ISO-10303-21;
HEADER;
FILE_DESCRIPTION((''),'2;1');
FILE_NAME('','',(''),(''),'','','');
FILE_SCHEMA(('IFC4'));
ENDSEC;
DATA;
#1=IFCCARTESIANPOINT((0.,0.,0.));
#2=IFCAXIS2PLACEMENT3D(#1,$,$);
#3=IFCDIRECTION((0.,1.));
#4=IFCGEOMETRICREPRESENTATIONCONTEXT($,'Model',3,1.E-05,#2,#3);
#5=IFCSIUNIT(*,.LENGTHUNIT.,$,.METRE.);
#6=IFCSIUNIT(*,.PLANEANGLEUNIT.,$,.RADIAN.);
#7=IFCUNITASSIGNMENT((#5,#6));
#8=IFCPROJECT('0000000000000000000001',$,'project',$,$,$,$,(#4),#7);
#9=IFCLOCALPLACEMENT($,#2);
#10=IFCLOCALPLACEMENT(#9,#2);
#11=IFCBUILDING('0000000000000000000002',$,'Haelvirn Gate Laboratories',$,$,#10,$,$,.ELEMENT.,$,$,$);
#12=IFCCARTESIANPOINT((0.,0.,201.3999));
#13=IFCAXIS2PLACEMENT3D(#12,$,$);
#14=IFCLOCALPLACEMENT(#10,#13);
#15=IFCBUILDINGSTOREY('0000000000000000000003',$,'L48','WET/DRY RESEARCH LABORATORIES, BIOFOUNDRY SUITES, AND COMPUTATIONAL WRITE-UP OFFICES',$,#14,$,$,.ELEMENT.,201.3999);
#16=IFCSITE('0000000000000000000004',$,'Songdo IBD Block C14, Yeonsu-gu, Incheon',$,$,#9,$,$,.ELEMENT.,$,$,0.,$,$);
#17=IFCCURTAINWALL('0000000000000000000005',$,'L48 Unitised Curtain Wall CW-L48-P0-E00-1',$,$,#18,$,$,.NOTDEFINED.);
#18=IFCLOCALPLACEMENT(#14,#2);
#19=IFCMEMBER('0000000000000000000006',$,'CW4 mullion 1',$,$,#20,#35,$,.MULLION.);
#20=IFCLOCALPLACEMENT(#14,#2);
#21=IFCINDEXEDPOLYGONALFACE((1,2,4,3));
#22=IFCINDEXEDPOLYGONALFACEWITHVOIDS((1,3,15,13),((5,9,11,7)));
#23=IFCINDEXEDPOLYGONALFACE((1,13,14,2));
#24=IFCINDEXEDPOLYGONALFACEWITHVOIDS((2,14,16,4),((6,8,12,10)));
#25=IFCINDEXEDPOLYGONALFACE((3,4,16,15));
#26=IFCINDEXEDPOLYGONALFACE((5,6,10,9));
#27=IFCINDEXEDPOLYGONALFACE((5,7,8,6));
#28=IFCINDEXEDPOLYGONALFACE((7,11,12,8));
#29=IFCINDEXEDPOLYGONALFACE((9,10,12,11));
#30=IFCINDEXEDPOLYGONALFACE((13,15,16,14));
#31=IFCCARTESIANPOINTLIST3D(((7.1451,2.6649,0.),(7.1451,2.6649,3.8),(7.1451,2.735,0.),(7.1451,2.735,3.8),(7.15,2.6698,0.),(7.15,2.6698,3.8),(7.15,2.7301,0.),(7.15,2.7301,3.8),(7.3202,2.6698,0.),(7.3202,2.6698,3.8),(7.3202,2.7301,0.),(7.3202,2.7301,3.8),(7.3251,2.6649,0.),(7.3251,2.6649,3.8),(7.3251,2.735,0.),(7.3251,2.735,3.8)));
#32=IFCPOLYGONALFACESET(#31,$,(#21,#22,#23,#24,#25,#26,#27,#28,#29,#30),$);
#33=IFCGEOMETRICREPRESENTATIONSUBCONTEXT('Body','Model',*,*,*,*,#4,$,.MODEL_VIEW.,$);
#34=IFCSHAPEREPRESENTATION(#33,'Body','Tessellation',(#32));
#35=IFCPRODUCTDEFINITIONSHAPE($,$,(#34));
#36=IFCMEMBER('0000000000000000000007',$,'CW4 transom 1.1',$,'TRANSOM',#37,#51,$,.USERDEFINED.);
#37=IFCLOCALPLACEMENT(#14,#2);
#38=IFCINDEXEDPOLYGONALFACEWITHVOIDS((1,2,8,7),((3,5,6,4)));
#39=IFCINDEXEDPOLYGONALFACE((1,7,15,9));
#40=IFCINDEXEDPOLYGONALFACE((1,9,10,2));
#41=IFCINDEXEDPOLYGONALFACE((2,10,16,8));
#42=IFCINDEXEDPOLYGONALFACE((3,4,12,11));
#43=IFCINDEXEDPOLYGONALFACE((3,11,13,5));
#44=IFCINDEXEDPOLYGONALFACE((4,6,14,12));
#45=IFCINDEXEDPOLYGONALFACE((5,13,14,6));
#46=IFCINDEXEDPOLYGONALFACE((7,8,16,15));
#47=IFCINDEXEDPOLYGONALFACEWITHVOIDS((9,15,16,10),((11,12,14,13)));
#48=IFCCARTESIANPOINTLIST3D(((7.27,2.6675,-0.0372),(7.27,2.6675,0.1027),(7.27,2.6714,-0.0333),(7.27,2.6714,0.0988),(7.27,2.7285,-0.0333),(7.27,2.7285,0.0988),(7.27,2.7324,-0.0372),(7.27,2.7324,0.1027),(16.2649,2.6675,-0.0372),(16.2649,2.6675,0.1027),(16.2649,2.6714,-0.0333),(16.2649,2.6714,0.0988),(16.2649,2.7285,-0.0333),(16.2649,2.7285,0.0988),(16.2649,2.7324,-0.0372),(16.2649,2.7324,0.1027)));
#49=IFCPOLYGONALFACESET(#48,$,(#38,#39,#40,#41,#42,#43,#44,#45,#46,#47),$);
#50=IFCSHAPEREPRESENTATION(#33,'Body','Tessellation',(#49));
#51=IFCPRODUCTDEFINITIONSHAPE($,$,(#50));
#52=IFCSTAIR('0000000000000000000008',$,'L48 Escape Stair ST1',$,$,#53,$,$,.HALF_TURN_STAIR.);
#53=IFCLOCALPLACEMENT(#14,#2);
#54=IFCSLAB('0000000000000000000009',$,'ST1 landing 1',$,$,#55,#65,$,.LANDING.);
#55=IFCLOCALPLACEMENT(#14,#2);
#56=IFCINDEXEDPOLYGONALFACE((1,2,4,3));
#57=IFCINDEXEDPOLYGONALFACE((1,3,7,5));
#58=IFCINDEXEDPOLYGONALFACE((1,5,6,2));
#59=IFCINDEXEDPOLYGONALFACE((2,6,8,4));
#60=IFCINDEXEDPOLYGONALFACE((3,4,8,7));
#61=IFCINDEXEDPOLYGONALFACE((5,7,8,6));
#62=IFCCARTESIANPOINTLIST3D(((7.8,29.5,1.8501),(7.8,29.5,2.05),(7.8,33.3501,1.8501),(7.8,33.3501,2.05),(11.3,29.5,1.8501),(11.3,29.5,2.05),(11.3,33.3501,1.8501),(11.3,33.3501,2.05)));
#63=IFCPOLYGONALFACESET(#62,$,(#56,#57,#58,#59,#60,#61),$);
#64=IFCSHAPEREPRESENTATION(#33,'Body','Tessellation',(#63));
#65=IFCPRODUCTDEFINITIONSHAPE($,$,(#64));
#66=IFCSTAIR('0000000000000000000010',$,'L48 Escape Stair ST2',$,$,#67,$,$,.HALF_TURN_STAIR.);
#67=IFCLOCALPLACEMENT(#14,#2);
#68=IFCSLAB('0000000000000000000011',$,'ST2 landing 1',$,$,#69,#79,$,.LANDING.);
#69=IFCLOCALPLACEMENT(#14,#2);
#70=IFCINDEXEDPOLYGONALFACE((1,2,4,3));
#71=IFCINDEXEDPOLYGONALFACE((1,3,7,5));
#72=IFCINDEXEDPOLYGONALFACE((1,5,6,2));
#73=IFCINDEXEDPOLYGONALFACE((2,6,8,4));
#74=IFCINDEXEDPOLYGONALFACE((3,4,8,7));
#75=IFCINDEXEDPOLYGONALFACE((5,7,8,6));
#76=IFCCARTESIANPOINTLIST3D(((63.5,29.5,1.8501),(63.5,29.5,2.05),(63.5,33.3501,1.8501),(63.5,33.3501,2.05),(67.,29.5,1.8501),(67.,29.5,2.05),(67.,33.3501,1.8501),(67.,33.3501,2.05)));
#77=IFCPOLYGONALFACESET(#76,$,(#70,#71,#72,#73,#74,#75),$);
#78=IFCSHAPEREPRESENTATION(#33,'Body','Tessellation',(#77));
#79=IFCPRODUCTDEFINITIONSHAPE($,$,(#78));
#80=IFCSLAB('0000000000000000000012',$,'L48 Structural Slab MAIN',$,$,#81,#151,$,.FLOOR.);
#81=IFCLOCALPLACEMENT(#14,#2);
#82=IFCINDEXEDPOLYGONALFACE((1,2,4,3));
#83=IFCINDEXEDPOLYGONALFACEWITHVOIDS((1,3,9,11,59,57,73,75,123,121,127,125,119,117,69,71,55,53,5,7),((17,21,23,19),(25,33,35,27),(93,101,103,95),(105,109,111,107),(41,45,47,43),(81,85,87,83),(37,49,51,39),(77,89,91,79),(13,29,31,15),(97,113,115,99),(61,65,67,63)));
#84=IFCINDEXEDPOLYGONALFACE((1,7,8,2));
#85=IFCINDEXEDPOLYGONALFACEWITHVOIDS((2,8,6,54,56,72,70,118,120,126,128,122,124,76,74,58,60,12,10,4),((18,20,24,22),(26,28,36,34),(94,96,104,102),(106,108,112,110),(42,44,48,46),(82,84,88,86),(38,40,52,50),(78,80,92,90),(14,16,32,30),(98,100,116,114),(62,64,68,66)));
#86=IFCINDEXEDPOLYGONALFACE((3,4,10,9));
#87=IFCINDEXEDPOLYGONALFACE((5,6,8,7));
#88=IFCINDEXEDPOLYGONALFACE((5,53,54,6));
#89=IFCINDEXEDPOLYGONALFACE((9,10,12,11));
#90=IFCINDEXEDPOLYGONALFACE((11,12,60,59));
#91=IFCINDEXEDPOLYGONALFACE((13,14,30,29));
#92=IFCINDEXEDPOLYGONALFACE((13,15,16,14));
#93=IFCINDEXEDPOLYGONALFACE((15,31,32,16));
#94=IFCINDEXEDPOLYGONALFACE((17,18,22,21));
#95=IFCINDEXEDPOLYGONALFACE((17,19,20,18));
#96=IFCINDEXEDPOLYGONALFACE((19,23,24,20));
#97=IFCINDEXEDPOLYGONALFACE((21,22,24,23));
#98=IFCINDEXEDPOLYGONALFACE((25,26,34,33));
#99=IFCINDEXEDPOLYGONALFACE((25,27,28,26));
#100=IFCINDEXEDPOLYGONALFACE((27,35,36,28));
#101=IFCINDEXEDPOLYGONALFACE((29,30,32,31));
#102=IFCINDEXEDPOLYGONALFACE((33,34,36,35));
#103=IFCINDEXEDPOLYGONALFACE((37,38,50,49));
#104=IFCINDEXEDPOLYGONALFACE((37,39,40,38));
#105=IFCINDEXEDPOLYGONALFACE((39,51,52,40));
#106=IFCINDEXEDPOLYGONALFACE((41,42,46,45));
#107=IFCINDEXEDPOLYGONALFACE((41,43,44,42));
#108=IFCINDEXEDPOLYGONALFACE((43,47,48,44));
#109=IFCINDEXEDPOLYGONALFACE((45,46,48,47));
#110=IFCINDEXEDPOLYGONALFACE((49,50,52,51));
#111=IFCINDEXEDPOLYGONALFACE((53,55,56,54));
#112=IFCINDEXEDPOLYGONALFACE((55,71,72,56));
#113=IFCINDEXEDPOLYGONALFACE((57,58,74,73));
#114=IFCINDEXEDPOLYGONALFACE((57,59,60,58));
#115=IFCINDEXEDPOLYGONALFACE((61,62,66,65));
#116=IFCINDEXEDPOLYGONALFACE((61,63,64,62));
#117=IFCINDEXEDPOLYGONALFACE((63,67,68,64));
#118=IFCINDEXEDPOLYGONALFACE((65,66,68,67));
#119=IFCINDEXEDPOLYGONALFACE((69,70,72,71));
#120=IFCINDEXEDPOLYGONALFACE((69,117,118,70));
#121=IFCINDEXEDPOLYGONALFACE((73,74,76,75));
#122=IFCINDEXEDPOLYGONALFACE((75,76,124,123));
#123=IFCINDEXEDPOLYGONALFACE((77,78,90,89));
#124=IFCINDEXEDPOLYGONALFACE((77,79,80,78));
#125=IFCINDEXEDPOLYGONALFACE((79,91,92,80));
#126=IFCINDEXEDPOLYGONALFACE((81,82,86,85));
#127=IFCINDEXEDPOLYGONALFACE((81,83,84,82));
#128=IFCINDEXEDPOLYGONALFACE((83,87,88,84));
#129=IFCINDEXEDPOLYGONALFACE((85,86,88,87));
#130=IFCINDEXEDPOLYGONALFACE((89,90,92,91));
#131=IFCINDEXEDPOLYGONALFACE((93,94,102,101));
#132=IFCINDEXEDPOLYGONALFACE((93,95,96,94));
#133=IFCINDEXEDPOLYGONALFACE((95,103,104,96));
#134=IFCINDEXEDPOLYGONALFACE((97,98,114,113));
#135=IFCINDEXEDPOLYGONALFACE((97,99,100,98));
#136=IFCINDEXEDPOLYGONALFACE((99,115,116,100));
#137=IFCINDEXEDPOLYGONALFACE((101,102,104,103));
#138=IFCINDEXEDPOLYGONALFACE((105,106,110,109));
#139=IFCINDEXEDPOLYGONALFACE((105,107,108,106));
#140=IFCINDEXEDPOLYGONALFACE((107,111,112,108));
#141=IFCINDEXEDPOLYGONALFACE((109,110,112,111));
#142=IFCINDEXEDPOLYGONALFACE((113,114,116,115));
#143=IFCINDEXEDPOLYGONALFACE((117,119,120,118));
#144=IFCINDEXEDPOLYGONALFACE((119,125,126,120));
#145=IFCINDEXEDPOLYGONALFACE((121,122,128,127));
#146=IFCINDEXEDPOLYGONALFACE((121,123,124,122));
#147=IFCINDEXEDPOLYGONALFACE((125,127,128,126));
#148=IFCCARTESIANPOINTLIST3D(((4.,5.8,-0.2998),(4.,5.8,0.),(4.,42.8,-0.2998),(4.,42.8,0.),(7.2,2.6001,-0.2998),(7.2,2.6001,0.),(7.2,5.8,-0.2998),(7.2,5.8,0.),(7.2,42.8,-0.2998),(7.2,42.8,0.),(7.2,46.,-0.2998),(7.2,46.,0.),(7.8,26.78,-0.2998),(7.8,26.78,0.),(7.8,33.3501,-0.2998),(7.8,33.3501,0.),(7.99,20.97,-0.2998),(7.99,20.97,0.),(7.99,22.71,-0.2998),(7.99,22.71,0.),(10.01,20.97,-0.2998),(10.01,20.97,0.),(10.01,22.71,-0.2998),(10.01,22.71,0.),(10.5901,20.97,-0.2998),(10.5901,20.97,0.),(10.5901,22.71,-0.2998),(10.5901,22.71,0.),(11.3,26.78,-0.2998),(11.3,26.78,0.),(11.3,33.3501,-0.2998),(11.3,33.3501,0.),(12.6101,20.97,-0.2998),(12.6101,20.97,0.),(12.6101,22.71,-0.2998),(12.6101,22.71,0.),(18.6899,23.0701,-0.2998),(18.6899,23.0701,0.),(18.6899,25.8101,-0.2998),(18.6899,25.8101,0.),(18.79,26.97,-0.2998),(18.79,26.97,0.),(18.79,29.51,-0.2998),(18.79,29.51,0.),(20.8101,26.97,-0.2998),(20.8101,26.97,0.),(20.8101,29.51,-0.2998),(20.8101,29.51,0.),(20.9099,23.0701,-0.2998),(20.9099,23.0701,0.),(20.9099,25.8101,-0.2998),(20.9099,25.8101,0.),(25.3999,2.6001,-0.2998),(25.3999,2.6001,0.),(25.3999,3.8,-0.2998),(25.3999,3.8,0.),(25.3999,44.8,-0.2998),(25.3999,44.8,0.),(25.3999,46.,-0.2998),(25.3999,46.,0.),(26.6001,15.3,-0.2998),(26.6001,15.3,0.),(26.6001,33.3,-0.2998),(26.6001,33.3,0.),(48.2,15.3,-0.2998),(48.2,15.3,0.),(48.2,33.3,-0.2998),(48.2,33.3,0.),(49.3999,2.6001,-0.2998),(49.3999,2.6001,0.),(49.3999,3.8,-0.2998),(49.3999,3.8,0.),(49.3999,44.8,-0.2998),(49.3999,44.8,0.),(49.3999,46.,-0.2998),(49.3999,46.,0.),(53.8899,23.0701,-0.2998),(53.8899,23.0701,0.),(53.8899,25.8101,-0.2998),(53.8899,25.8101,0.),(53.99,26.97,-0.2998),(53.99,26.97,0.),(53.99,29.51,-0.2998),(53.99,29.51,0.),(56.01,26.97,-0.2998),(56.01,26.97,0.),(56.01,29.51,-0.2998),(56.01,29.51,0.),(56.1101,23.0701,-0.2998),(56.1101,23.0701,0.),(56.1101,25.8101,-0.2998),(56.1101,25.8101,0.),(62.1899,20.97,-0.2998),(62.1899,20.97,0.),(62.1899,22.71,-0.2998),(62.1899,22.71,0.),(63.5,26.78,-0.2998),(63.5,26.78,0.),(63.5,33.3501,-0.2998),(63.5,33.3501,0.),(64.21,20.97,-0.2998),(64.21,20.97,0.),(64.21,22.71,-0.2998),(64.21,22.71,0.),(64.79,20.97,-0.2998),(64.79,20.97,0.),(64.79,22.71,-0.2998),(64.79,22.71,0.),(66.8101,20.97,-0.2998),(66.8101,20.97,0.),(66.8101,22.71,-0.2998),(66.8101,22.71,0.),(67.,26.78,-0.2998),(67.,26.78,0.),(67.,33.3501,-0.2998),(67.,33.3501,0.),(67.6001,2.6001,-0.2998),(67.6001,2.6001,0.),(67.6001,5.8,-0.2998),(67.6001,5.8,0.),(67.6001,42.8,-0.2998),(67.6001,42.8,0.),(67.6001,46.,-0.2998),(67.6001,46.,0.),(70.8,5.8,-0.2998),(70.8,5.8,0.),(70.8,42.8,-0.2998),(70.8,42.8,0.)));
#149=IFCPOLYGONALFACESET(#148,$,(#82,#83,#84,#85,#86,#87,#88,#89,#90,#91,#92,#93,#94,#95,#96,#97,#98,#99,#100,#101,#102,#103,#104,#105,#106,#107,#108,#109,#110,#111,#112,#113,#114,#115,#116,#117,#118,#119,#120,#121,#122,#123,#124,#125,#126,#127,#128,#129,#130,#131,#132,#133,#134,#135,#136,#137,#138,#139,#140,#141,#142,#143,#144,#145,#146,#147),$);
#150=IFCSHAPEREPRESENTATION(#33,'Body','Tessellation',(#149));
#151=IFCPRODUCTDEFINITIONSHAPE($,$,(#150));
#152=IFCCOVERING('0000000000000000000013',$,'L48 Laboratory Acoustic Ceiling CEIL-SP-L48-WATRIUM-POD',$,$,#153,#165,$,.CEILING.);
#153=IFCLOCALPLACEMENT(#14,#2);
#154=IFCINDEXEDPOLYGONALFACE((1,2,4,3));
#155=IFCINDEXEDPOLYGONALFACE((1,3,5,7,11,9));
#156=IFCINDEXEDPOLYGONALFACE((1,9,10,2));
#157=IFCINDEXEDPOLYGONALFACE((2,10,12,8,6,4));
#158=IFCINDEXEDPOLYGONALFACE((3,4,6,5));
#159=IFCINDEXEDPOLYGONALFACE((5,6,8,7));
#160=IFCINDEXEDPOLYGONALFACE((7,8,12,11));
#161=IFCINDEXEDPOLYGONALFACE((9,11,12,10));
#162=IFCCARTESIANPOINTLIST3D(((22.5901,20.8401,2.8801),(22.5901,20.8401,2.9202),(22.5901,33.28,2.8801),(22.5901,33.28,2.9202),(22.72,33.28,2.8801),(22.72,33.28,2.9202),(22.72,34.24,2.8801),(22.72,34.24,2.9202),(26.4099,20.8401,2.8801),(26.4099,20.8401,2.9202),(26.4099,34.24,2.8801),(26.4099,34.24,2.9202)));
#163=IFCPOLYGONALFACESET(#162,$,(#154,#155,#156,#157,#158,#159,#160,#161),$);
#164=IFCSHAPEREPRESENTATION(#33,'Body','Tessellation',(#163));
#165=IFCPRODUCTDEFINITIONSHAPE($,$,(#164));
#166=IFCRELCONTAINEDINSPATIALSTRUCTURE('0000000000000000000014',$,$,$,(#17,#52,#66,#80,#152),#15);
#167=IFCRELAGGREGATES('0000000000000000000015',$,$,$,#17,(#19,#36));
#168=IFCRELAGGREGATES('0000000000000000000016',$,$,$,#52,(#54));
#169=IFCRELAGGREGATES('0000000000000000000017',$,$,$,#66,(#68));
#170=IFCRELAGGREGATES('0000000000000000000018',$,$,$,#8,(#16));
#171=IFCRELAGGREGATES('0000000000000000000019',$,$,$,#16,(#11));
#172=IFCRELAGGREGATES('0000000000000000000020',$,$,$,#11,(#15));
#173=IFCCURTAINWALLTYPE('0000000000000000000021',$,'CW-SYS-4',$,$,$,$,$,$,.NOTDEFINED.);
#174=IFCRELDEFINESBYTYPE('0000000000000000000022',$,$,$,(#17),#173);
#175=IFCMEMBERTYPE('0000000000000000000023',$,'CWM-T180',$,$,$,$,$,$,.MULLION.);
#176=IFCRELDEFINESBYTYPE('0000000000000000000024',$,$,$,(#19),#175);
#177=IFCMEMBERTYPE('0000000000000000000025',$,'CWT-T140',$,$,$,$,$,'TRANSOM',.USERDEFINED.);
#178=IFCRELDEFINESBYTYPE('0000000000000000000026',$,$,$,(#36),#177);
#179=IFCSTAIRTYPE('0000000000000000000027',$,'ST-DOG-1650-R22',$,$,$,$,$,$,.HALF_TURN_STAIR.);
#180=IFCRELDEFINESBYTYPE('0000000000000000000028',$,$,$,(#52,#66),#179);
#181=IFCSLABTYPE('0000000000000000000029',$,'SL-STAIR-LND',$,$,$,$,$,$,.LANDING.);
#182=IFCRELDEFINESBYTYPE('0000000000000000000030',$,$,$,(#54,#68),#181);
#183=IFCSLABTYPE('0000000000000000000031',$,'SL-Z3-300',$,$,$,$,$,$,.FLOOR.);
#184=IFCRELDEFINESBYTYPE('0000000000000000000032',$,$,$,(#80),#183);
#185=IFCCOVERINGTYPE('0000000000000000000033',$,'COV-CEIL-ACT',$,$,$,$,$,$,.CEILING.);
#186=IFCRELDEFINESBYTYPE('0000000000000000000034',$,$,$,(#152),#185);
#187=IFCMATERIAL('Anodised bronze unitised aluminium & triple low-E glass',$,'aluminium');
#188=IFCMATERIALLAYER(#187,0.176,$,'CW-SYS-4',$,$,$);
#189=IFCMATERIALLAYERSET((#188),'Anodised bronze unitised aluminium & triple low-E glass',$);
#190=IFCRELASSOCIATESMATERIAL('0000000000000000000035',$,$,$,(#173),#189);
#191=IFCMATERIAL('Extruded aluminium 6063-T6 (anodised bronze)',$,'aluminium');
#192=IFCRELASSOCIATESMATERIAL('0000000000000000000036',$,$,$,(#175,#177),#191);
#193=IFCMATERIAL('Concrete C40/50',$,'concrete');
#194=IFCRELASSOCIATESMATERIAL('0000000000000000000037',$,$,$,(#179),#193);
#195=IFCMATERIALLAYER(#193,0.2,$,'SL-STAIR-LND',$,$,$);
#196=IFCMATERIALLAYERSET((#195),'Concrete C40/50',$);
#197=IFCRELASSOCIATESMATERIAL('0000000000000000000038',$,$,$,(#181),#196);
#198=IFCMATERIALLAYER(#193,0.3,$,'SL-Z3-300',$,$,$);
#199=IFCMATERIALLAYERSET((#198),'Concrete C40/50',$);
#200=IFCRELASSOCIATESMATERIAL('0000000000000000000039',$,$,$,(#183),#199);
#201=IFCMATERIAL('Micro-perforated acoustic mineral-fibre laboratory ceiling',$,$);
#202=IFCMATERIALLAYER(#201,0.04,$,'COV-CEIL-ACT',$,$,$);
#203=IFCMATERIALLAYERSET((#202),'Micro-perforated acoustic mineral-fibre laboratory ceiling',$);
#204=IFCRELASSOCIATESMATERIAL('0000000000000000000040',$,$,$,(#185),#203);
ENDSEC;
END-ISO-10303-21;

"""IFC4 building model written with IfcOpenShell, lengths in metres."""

from ifc_helpers import new_model, si_unit, direction, frame, origin, origin_2d, place, context, subcontext, project, spatial, polyline, hollow_rectangle, outline, extrude, source, transform, mapped, material, layer, layer_set, material_profile, profile_set, type_object, type_shapes, element, aggregate, save


model = new_model("IFC4")

# Units and contexts
model_context = context("Model", 3, precision=1e-05, world=origin(), true_north=direction((0.0, 1.0)))
body_context = subcontext(model_context, "Body", "Model", "MODEL_VIEW")
ifc_project = project(units=[si_unit("LENGTHUNIT", "METRE"), si_unit("PLANEANGLEUNIT", "RADIAN")], contexts=[model_context])

# Site, building, storey
site_placement = place(None, origin())
site = spatial("IfcSite", under=ifc_project, at=site_placement, Name="Songdo IBD Block C14, Yeonsu-gu, Incheon", CompositionType="ELEMENT", RefElevation=0.0)
building_placement = place(site_placement, origin())
building = spatial("IfcBuilding", under=site, at=building_placement, Name="Haelvirn Gate Laboratories", CompositionType="ELEMENT")
storey_placement = place(building_placement, frame((0.0, 0.0, 201.3999)))
storey = spatial("IfcBuildingStorey", under=building, at=storey_placement, Name="L48", Description="WET/DRY RESEARCH LABORATORIES, BIOFOUNDRY SUITES, AND COMPUTATIONAL WRITE-UP OFFICES", CompositionType="ELEMENT", Elevation=201.3999)

# Curtain wall, members
ifc_material_1 = material(Name="Anodised bronze unitised aluminium & triple low-E glass", Category="aluminium")
ifc_layer_1 = layer(ifc_material_1, 0.176, Name="CW-SYS-4")
ifc_layer_set_1 = layer_set([ifc_layer_1], Name="Anodised bronze unitised aluminium & triple low-E glass")
curtain_wall_type = type_object("IfcCurtainWallType", Name="CW-SYS-4", PredefinedType="NOTDEFINED", material=ifc_layer_set_1)
curtain_wall_placement = place(storey_placement, origin())
curtain_wall = element("IfcCurtainWall", 1, at=curtain_wall_placement, inside=storey, type_object=curtain_wall_type, Name="L48 Unitised Curtain Wall CW-L48-P0-E00-1", PredefinedType="NOTDEFINED")
ifc_material_2 = material(Name="Extruded aluminium 6063-T6 (anodised bronze)", Category="aluminium")
ifc_material_profile_1 = material_profile(ifc_material_2, hollow_rectangle(XDim=0.0701, YDim=0.1799, WallThickness=0.0049, at=origin_2d()), Name="CWM-180x70x5")
ifc_profile_set_1 = profile_set([ifc_material_profile_1], Name="Extruded aluminium 6063-T6 (anodised bronze)")
member_type_1 = type_object("IfcMemberType", Name="CWM-T180", PredefinedType="MULLION", material=ifc_profile_set_1)
shared_shape_1 = source(origin(), body_context, "Body", "SweptSolid", [
    extrude(hollow_rectangle(XDim=0.0701, YDim=0.1799, WallThickness=0.0049, at=origin_2d()), origin(), (0.0, 0.0, 1.0), 3.8),
])
type_shapes(member_type_1, [shared_shape_1])
member_1_placement = place(storey_placement, frame((7.2351, 2.7, 0.0), z_axis=(0.0, 0.0, 1.0), x_axis=(0.0, 1.0, 0.0)))
member_1 = element("IfcMember", 2, at=member_1_placement, type_object=member_type_1, Name="CW4 mullion 1", PredefinedType="MULLION", context=body_context, shape_type="MappedRepresentation", body=[
    mapped(shared_shape_1, transform((0.0, 0.0, 0.0), scale=1.0)),
])
ifc_material_profile_2 = material_profile(ifc_material_2, hollow_rectangle(XDim=0.0649, YDim=0.1399, WallThickness=0.0039, at=origin_2d()), Name="CWT-140x65x4")
ifc_profile_set_2 = profile_set([ifc_material_profile_2], Name="Extruded aluminium 6063-T6 (anodised bronze)")
member_type_2 = type_object("IfcMemberType", Name="CWT-T140", ElementType="TRANSOM", PredefinedType="USERDEFINED", material=ifc_profile_set_2)
shared_shape_2 = source(origin(), body_context, "Body", "SweptSolid", [
    extrude(hollow_rectangle(XDim=0.0649, YDim=0.1399, WallThickness=0.0039, at=origin_2d()), origin(), (0.0, 0.0, 1.0), 8.9949),
])
type_shapes(member_type_2, [shared_shape_2])
member_2_placement = place(storey_placement, frame((7.27, 2.7, 0.0327), z_axis=(1.0, 0.0, 0.0), x_axis=(0.0, 1.0, 0.0)))
member_2 = element("IfcMember", 3, at=member_2_placement, type_object=member_type_2, Name="CW4 transom 1.1", ObjectType="TRANSOM", PredefinedType="USERDEFINED", context=body_context, shape_type="MappedRepresentation", body=[
    mapped(shared_shape_2, transform((0.0, 0.0, 0.0), scale=1.0)),
])
aggregate(curtain_wall, [member_1, member_2])

# Stairs, slabs
ifc_material_3 = material(Name="Concrete C40/50", Category="concrete")
stair_type = type_object("IfcStairType", Name="ST-DOG-1650-R22", PredefinedType="HALF_TURN_STAIR", material=ifc_material_3)
stair_1_placement = place(storey_placement, origin())
stair_1 = element("IfcStair", 4, at=stair_1_placement, inside=storey, type_object=stair_type, Name="L48 Escape Stair ST1", PredefinedType="HALF_TURN_STAIR")
ifc_layer_2 = layer(ifc_material_3, 0.2, Name="SL-STAIR-LND")
ifc_layer_set_2 = layer_set([ifc_layer_2], Name="Concrete C40/50")
slab_type_1 = type_object("IfcSlabType", Name="SL-STAIR-LND", PredefinedType="LANDING", material=ifc_layer_set_2)
slab_1_placement = place(storey_placement, frame((0.0, 0.0, 1.8501)))
slab_1 = element("IfcSlab", 5, at=slab_1_placement, type_object=slab_type_1, Name="ST1 landing 1", PredefinedType="LANDING", context=body_context, shape_type="SweptSolid", body=[
    extrude(outline(polyline([(11.3, 29.5), (11.3, 33.3501), (7.8, 33.3501), (7.8, 29.5), (11.3, 29.5)])), origin(), (0.0, 0.0, 1.0), 0.2),
])
aggregate(stair_1, [slab_1])
stair_2_placement = place(storey_placement, origin())
stair_2 = element("IfcStair", 6, at=stair_2_placement, inside=storey, type_object=stair_type, Name="L48 Escape Stair ST2", PredefinedType="HALF_TURN_STAIR")
slab_2_placement = place(storey_placement, frame((0.0, 0.0, 1.8501)))
slab_2 = element("IfcSlab", 7, at=slab_2_placement, type_object=slab_type_1, Name="ST2 landing 1", PredefinedType="LANDING", context=body_context, shape_type="SweptSolid", body=[
    extrude(outline(polyline([(67.0, 29.5), (67.0, 33.3501), (63.5, 33.3501), (63.5, 29.5), (67.0, 29.5)])), origin(), (0.0, 0.0, 1.0), 0.2),
])
aggregate(stair_2, [slab_2])

# Slab
ifc_layer_3 = layer(ifc_material_3, 0.3, Name="SL-Z3-300")
ifc_layer_set_3 = layer_set([ifc_layer_3], Name="Concrete C40/50")
slab_type_2 = type_object("IfcSlabType", Name="SL-Z3-300", PredefinedType="FLOOR", material=ifc_layer_set_3)
slab_3_placement = place(storey_placement, frame((0.0, 0.0, -0.2998)))
element("IfcSlab", 8, at=slab_3_placement, inside=storey, type_object=slab_type_2, Name="L48 Structural Slab MAIN", PredefinedType="FLOOR", context=body_context, shape_type="SweptSolid", body=[
    extrude(outline(polyline([(7.2, 2.6001), (25.3999, 2.6001), (25.3999, 3.8), (49.3999, 3.8), (49.3999, 2.6001), (67.6001, 2.6001), (67.6001, 5.8), (70.8, 5.8), (70.8, 42.8), (67.6001, 42.8), (67.6001, 46.0), (49.3999, 46.0), (49.3999, 44.8), (25.3999, 44.8), (25.3999, 46.0), (7.2, 46.0), (7.2, 42.8), (4.0, 42.8), (4.0, 5.8), (7.2, 5.8), (7.2, 2.6001)]), holes=[polyline([(26.6001, 15.3), (48.2, 15.3), (48.2, 33.3), (26.6001, 33.3), (26.6001, 15.3)]), polyline([(11.3, 26.78), (11.3, 33.3501), (7.8, 33.3501), (7.8, 26.78), (11.3, 26.78)]), polyline([(67.0, 26.78), (67.0, 33.3501), (63.5, 33.3501), (63.5, 26.78), (67.0, 26.78)]), polyline([(7.99, 20.97), (10.01, 20.97), (10.01, 22.71), (7.99, 22.71), (7.99, 20.97)]), polyline([(10.5901, 20.97), (12.6101, 20.97), (12.6101, 22.71), (10.5901, 22.71), (10.5901, 20.97)]), polyline([(18.79, 26.97), (20.8101, 26.97), (20.8101, 29.51), (18.79, 29.51), (18.79, 26.97)]), polyline([(18.6899, 23.0701), (20.9099, 23.0701), (20.9099, 25.8101), (18.6899, 25.8101), (18.6899, 23.0701)]), polyline([(64.79, 20.97), (66.8101, 20.97), (66.8101, 22.71), (64.79, 22.71), (64.79, 20.97)]), polyline([(62.1899, 20.97), (64.21, 20.97), (64.21, 22.71), (62.1899, 22.71), (62.1899, 20.97)]), polyline([(53.99, 26.97), (56.01, 26.97), (56.01, 29.51), (53.99, 29.51), (53.99, 26.97)]), polyline([(53.8899, 23.0701), (56.1101, 23.0701), (56.1101, 25.8101), (53.8899, 25.8101), (53.8899, 23.0701)])]), origin(), (0.0, 0.0, 1.0), 0.2998),
])

# Covering
ifc_material_4 = material(Name="Micro-perforated acoustic mineral-fibre laboratory ceiling")
ifc_layer_4 = layer(ifc_material_4, 0.04, Name="COV-CEIL-ACT")
ifc_layer_set_4 = layer_set([ifc_layer_4], Name="Micro-perforated acoustic mineral-fibre laboratory ceiling")
covering_type = type_object("IfcCoveringType", Name="COV-CEIL-ACT", PredefinedType="CEILING", material=ifc_layer_set_4)
covering_1_placement = place(storey_placement, frame((0.0, 0.0, 2.8801)))
element("IfcCovering", 9, at=covering_1_placement, inside=storey, type_object=covering_type, Name="L48 Laboratory Acoustic Ceiling CEIL-SP-L48-WATRIUM-POD", PredefinedType="CEILING", context=body_context, shape_type="SweptSolid", body=[
    extrude(outline(polyline([(26.4099, 34.24), (26.4099, 20.8401), (22.5901, 20.8401), (22.5901, 33.28), (22.72, 33.28), (22.72, 34.24), (26.4099, 34.24)])), origin(), (0.0, 0.0, 1.0), 0.04),
])

save(model, "model.ifc")
